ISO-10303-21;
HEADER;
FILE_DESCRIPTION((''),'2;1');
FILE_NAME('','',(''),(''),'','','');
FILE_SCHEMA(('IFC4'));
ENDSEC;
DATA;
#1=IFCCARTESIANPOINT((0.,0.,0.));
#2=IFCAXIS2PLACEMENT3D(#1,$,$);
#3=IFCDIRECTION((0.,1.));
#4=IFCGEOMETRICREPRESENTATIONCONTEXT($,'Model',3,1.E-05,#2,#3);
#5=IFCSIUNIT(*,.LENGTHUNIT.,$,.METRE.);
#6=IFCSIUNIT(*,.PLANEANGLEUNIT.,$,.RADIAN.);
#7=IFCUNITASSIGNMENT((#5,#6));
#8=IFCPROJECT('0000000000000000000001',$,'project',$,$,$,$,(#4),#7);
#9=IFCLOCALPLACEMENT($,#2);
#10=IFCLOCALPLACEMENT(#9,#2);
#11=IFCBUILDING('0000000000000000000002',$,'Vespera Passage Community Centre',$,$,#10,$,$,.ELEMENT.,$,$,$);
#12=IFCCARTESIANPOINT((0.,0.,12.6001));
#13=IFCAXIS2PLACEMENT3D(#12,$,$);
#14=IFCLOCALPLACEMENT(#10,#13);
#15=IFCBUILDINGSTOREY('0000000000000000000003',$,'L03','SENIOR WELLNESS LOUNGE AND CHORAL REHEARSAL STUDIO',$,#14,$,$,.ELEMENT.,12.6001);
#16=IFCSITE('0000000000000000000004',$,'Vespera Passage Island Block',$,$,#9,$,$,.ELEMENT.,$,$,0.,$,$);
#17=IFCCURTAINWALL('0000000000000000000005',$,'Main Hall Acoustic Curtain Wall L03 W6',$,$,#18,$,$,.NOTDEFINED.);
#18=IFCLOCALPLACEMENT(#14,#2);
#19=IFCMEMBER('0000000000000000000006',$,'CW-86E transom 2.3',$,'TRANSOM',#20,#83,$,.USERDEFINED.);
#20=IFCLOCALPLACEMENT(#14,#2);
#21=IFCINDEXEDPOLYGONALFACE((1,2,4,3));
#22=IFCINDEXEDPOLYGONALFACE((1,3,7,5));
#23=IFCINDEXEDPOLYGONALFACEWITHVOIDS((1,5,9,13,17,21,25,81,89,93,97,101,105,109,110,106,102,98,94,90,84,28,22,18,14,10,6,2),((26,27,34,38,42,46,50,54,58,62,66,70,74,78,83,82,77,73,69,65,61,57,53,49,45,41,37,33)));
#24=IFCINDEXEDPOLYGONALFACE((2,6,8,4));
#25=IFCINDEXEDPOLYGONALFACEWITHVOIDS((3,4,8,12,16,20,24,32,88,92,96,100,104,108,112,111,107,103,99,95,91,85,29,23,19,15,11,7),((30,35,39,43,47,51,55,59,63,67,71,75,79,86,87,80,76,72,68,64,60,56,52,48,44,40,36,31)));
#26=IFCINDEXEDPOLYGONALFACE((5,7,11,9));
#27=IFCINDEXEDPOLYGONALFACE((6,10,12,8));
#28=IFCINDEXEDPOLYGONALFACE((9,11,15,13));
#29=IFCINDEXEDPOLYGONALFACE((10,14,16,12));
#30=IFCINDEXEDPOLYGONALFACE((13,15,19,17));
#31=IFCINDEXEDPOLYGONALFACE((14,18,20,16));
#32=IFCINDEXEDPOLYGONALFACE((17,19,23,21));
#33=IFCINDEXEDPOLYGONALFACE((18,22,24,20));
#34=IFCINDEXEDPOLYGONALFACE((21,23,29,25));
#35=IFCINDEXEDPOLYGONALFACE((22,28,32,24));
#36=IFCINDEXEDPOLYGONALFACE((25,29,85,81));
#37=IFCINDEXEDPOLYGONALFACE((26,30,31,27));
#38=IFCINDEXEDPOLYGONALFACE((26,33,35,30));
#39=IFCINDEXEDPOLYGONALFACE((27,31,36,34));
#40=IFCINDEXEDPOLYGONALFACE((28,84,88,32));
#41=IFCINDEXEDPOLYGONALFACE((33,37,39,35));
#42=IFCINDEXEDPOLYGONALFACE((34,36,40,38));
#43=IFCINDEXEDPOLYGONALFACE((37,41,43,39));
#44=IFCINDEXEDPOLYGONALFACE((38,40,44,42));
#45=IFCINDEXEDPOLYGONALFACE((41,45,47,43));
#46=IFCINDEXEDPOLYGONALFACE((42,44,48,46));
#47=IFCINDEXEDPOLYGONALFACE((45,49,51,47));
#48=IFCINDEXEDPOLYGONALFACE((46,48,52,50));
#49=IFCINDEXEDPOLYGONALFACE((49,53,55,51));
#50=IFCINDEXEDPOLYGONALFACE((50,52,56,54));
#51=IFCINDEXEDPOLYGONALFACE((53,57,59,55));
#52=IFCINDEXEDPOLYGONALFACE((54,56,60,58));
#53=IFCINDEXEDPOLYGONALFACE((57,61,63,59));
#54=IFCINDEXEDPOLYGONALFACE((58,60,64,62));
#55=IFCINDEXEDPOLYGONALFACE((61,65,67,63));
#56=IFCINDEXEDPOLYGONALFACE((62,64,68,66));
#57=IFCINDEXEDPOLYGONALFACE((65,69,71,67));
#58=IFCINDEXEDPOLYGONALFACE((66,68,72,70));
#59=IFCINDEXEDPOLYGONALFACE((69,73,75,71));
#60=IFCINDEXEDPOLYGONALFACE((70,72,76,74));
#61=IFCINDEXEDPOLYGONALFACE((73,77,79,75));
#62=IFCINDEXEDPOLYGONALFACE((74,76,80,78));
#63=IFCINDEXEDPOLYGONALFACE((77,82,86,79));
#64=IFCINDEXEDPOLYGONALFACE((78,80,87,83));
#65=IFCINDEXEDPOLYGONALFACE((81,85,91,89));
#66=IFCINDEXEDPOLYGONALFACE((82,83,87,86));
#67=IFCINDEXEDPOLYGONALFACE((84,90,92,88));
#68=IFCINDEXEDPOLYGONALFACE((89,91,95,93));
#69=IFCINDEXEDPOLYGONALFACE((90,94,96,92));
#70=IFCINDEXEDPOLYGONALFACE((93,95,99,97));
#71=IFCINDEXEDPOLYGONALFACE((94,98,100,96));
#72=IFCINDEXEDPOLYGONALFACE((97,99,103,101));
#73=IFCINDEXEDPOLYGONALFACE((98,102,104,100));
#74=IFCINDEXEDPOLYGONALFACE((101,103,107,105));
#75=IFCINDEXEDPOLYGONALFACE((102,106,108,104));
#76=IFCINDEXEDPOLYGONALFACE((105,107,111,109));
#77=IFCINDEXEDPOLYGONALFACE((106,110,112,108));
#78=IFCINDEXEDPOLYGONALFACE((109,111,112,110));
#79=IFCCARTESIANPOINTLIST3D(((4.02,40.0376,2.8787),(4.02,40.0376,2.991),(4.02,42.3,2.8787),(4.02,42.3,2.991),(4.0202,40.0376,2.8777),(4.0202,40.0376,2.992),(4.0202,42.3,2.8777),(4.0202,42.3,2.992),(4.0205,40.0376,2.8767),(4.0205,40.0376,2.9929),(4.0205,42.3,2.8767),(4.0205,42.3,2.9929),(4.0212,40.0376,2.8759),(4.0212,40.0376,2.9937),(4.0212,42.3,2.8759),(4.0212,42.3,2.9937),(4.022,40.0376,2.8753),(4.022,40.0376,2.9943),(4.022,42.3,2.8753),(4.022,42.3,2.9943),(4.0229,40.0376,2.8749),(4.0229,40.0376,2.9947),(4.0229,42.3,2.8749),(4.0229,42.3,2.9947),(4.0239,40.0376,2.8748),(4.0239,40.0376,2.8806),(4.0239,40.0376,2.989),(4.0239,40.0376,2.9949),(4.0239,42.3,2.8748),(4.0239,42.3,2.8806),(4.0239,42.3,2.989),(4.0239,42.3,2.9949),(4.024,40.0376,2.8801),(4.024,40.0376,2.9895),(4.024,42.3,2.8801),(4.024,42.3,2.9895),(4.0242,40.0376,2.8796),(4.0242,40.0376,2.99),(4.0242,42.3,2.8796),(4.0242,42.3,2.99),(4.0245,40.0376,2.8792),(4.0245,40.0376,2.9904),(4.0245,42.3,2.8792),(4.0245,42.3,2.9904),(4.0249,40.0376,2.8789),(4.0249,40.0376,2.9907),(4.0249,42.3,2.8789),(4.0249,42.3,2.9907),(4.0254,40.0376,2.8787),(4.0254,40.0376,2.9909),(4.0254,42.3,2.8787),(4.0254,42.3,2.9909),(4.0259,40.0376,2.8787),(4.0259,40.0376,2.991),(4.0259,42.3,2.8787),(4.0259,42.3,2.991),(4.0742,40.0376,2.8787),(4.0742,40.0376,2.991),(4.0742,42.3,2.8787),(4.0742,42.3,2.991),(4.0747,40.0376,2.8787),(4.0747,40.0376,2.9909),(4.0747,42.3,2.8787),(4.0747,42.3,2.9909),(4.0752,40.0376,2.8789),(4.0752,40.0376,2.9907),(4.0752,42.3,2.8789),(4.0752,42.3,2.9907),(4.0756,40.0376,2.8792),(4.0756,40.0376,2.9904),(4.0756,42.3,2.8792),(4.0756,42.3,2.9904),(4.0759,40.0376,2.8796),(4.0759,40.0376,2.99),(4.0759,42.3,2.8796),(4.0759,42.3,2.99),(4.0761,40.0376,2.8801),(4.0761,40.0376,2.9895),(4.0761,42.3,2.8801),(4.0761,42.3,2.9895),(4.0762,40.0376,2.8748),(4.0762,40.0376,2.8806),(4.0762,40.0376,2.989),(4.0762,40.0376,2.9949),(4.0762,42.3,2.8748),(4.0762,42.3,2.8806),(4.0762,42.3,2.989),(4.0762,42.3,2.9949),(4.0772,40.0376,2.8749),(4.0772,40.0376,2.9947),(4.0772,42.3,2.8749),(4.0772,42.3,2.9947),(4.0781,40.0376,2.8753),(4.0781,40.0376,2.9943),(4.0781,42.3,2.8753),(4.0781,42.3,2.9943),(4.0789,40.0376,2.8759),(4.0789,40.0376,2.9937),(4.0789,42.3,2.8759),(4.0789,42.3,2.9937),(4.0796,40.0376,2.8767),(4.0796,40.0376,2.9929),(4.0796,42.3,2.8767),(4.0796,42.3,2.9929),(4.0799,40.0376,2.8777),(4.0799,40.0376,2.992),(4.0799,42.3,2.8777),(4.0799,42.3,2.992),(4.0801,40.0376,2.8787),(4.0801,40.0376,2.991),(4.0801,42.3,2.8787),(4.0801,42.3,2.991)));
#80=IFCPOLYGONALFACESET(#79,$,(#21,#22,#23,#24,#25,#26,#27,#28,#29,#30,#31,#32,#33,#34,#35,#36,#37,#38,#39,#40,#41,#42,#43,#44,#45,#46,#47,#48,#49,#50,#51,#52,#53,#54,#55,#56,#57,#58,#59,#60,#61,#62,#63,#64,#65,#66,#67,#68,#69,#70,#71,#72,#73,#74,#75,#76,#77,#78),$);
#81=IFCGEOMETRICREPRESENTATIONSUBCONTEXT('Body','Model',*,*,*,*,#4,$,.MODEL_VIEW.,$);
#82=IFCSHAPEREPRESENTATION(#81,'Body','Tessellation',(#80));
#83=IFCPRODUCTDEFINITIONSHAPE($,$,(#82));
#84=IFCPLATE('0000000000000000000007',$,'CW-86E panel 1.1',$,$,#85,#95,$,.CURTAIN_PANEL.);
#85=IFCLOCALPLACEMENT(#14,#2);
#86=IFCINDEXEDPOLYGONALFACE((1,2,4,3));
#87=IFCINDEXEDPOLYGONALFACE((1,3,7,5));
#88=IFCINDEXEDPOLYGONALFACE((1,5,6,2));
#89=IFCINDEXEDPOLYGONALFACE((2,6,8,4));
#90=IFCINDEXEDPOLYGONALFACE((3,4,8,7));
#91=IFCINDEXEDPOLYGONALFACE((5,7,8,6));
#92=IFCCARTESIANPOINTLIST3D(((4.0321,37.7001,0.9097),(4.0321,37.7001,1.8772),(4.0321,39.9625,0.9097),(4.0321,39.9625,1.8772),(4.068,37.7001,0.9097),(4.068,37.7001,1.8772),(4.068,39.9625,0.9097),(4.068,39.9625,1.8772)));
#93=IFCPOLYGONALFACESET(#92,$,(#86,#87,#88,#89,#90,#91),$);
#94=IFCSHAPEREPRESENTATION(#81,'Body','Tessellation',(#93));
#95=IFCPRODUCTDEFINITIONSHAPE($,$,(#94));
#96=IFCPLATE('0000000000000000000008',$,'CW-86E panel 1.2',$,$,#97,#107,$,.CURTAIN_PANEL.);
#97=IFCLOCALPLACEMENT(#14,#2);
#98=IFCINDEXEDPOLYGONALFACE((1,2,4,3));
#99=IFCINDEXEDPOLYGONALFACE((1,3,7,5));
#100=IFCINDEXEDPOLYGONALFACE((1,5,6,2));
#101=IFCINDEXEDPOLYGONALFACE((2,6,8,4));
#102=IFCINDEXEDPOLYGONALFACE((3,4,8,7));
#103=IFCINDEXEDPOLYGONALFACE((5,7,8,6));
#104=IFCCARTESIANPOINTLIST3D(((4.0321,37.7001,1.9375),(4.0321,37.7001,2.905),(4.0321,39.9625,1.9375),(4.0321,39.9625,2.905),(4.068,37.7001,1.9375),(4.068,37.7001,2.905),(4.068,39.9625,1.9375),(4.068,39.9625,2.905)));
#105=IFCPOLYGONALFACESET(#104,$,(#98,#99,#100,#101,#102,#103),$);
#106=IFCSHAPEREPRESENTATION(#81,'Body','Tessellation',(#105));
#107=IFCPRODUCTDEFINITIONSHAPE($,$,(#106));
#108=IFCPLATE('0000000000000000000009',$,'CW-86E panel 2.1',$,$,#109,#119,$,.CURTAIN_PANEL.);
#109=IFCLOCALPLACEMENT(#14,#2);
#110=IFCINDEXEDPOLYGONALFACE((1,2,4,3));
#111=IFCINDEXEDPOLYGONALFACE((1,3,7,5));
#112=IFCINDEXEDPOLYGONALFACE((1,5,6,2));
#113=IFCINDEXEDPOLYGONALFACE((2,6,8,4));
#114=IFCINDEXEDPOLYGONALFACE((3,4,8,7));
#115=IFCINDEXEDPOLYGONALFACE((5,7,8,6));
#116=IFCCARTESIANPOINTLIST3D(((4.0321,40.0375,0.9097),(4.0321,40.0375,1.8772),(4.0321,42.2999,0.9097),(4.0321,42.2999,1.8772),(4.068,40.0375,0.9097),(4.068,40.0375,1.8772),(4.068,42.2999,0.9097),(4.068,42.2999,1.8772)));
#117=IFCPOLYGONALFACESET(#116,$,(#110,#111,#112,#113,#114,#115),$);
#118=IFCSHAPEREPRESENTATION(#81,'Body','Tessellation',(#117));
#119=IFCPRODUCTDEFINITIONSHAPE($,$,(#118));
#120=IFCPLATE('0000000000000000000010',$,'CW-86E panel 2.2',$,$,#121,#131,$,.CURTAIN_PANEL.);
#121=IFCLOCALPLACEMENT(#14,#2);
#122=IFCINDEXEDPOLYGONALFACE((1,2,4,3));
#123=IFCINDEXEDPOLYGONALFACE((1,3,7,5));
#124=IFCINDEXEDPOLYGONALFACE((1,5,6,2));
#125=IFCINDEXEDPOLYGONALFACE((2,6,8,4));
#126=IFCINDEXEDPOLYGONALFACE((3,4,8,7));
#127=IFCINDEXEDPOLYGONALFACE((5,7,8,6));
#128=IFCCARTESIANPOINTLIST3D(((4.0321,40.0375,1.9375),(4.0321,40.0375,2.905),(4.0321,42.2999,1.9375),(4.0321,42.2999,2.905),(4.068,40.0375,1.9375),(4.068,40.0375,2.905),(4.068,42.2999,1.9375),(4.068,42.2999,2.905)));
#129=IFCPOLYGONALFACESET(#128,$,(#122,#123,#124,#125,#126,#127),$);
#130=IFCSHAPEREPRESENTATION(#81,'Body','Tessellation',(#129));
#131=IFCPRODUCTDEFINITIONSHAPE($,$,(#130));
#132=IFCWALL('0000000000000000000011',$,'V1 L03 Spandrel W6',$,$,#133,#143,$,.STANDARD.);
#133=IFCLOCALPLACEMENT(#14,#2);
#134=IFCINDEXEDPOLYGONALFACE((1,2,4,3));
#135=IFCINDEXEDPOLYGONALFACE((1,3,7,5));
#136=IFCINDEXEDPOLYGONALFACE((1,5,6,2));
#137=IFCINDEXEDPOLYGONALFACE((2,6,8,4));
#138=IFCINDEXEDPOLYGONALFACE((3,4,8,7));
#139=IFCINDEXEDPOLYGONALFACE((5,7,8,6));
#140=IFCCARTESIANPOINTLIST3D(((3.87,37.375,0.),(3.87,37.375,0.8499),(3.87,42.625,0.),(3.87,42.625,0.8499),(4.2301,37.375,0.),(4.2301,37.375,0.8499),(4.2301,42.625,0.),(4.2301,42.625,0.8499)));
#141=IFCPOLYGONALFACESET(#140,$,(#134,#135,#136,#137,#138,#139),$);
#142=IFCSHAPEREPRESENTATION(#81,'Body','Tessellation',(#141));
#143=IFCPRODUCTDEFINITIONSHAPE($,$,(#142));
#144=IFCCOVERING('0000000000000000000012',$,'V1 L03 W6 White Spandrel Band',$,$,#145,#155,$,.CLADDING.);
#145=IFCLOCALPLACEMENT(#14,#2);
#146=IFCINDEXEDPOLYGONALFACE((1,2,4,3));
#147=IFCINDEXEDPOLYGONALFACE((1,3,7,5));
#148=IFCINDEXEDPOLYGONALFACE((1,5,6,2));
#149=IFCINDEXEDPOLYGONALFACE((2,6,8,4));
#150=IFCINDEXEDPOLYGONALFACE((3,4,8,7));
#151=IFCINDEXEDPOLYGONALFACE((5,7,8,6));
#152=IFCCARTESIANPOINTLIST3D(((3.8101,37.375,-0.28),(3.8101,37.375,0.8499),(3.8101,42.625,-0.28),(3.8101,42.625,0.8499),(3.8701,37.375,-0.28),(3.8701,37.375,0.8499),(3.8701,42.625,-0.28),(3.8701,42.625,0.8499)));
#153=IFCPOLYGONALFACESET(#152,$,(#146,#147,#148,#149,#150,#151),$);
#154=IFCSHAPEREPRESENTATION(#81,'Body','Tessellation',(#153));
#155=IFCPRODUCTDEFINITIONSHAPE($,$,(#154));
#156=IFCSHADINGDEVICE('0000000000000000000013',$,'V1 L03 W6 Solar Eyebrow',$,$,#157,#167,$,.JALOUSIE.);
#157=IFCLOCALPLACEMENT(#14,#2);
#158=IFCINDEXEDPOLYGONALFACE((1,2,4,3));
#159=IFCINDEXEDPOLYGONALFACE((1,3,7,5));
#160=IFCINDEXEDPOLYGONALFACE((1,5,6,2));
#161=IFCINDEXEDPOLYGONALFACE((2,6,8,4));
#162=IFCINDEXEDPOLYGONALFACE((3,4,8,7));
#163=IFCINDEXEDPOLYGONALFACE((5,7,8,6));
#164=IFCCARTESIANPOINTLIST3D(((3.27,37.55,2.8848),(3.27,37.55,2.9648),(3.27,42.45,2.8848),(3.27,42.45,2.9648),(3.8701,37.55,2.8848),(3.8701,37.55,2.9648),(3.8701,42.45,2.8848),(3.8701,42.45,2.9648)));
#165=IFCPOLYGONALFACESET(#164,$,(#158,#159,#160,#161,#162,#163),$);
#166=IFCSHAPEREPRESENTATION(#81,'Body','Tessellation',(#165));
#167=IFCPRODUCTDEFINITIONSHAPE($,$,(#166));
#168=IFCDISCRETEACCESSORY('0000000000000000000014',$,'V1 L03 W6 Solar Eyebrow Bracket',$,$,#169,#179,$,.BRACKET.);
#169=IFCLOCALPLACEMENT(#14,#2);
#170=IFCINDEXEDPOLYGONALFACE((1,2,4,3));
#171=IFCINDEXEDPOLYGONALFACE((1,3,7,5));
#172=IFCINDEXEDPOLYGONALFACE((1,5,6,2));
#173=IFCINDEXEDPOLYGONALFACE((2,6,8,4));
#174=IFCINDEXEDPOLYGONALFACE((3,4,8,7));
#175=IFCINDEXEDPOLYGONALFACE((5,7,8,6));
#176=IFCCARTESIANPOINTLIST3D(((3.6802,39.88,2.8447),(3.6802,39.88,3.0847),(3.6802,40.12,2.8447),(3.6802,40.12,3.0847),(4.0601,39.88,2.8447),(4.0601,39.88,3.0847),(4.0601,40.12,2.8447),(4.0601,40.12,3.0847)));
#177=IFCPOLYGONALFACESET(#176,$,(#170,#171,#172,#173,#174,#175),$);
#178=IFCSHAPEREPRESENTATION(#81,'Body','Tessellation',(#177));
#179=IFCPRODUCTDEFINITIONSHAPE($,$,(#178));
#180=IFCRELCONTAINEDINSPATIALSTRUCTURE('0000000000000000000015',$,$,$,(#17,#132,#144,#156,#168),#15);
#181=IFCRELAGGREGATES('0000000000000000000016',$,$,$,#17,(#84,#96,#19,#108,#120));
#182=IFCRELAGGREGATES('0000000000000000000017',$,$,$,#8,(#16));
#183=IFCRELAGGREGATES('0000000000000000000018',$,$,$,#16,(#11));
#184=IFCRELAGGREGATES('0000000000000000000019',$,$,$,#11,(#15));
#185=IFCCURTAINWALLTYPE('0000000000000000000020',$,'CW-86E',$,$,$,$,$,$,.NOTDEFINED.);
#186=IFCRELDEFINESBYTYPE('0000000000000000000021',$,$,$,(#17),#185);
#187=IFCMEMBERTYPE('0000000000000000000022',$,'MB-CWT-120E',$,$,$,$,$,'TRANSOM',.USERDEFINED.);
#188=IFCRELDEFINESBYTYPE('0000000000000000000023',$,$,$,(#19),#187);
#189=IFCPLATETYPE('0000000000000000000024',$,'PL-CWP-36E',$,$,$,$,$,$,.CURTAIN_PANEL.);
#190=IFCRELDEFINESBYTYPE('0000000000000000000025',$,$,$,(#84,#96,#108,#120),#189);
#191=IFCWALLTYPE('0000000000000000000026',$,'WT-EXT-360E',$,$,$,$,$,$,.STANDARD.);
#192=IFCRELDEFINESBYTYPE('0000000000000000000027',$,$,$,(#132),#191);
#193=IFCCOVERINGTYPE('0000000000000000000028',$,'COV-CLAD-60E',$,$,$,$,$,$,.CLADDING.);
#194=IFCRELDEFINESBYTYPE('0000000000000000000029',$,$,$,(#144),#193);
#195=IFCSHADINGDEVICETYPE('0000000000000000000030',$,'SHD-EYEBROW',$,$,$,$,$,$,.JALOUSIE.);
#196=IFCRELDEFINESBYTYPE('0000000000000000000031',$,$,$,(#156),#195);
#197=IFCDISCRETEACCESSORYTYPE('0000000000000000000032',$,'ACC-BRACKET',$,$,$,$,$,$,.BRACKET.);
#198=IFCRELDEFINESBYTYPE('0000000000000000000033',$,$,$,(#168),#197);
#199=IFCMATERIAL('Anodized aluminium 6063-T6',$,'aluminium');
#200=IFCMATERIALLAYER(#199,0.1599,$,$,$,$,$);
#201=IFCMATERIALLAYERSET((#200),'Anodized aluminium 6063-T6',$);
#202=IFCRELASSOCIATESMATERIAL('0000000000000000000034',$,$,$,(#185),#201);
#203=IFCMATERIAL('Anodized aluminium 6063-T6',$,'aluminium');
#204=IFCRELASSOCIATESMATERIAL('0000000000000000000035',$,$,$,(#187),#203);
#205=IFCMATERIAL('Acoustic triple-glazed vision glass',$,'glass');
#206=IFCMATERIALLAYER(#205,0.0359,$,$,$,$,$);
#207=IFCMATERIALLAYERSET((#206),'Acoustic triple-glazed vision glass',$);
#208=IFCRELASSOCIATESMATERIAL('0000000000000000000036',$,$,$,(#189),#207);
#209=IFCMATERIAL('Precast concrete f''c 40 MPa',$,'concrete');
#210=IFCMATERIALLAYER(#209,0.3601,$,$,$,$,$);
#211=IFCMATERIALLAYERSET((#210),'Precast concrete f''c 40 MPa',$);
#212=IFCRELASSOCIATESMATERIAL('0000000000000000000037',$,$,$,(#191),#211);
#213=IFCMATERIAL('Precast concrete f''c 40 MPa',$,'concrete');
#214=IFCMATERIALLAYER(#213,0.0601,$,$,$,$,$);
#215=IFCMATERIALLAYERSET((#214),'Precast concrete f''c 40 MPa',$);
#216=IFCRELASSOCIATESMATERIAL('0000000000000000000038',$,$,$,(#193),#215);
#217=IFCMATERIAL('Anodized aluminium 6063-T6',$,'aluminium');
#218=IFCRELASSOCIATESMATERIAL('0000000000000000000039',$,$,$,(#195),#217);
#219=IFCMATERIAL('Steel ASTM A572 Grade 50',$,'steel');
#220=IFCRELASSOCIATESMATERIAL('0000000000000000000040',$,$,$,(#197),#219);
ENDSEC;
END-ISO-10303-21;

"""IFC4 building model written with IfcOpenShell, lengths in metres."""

from ifc_helpers import new_model, si_unit, direction, frame, frame_2d, origin, origin_2d, place, context, subcontext, project, spatial, rectangle, hollow_rectangle, extrude, material, layer, layer_set, material_profile, profile_set, type_object, element, aggregate, save


model = new_model("IFC4")

# Units and contexts
model_context = context("Model", 3, precision=1e-05, world=origin(), true_north=direction((0.0, 1.0)))
body_context = subcontext(model_context, "Body", "Model", "MODEL_VIEW")
ifc_project = project(units=[si_unit("LENGTHUNIT", "METRE"), si_unit("PLANEANGLEUNIT", "RADIAN")], contexts=[model_context])

# Site, building, storey
site_placement = place(None, origin())
site = spatial("IfcSite", under=ifc_project, at=site_placement, Name="Vespera Passage Island Block", CompositionType="ELEMENT", RefElevation=0.0)
building_placement = place(site_placement, origin())
building = spatial("IfcBuilding", under=site, at=building_placement, Name="Vespera Passage Community Centre", CompositionType="ELEMENT")
storey_placement = place(building_placement, frame((0.0, 0.0, 12.6001)))
storey = spatial("IfcBuildingStorey", under=building, at=storey_placement, Name="L03", Description="SENIOR WELLNESS LOUNGE AND CHORAL REHEARSAL STUDIO", CompositionType="ELEMENT", Elevation=12.6001)

# Curtain wall, member, plates
ifc_material_1 = material(Name="Anodized aluminium 6063-T6", Category="aluminium")
ifc_layer_1 = layer(ifc_material_1, 0.1599)
ifc_layer_set_1 = layer_set([ifc_layer_1], Name="Anodized aluminium 6063-T6")
curtain_wall_type = type_object("IfcCurtainWallType", Name="CW-86E", PredefinedType="NOTDEFINED", material=ifc_layer_set_1)
curtain_wall_placement = place(storey_placement, origin())
curtain_wall = element("IfcCurtainWall", 1, at=curtain_wall_placement, inside=storey, type_object=curtain_wall_type, Name="Main Hall Acoustic Curtain Wall L03 W6", PredefinedType="NOTDEFINED")
ifc_material_2 = material(Name="Anodized aluminium 6063-T6", Category="aluminium")
ifc_material_profile_1 = material_profile(ifc_material_2, hollow_rectangle(XDim=0.0601, YDim=0.1201, WallThickness=0.0039, InnerFilletRadius=0.002, OuterFilletRadius=0.0039, at=origin_2d()), Name="ALU120X60X4")
ifc_profile_set_1 = profile_set([ifc_material_profile_1], Name="Anodized aluminium 6063-T6")
member_type_1 = type_object("IfcMemberType", Name="MB-CWT-120E", ElementType="TRANSOM", PredefinedType="USERDEFINED", material=ifc_profile_set_1)
member_1_placement = place(storey_placement, frame((4.05, 40.0376, 2.9348), z_axis=(0.0, 1.0, 0.0), x_axis=(-1.0, 0.0, 0.0)))
member_1 = element("IfcMember", 2, at=member_1_placement, type_object=member_type_1, Name="CW-86E transom 2.3", ObjectType="TRANSOM", PredefinedType="USERDEFINED", context=body_context, shape_type="SweptSolid", body=[
    extrude(hollow_rectangle(XDim=0.0601, YDim=0.1201, WallThickness=0.0039, InnerFilletRadius=0.002, OuterFilletRadius=0.0039, at=origin_2d()), origin(), (0.0, 0.0, 1.0), 2.2625),
])
ifc_material_3 = material(Name="Acoustic triple-glazed vision glass", Category="glass")
ifc_layer_2 = layer(ifc_material_3, 0.0359)
ifc_layer_set_2 = layer_set([ifc_layer_2], Name="Acoustic triple-glazed vision glass")
plate_type = type_object("IfcPlateType", Name="PL-CWP-36E", PredefinedType="CURTAIN_PANEL", material=ifc_layer_set_2)
plate_1_placement = place(storey_placement, frame((4.05, 38.8313, 0.9097), z_axis=(0.0, 0.0, 1.0), x_axis=(0.0, 1.0, 0.0)))
plate_1 = element("IfcPlate", 3, at=plate_1_placement, type_object=plate_type, Name="CW-86E panel 1.1", PredefinedType="CURTAIN_PANEL", context=body_context, shape_type="SweptSolid", body=[
    extrude(rectangle(XDim=2.2625, YDim=0.0359, at=origin_2d()), origin(), (0.0, 0.0, 1.0), 0.9675),
])
plate_2_placement = place(storey_placement, frame((4.05, 38.8313, 1.9375), z_axis=(0.0, 0.0, 1.0), x_axis=(0.0, 1.0, 0.0)))
plate_2 = element("IfcPlate", 4, at=plate_2_placement, type_object=plate_type, Name="CW-86E panel 1.2", PredefinedType="CURTAIN_PANEL", context=body_context, shape_type="SweptSolid", body=[
    extrude(rectangle(XDim=2.2625, YDim=0.0359, at=origin_2d()), origin(), (0.0, 0.0, 1.0), 0.9675),
])
plate_3_placement = place(storey_placement, frame((4.05, 41.1687, 0.9097), z_axis=(0.0, 0.0, 1.0), x_axis=(0.0, 1.0, 0.0)))
plate_3 = element("IfcPlate", 5, at=plate_3_placement, type_object=plate_type, Name="CW-86E panel 2.1", PredefinedType="CURTAIN_PANEL", context=body_context, shape_type="SweptSolid", body=[
    extrude(rectangle(XDim=2.2625, YDim=0.0359, at=origin_2d()), origin(), (0.0, 0.0, 1.0), 0.9675),
])
plate_4_placement = place(storey_placement, frame((4.05, 41.1687, 1.9375), z_axis=(0.0, 0.0, 1.0), x_axis=(0.0, 1.0, 0.0)))
plate_4 = element("IfcPlate", 6, at=plate_4_placement, type_object=plate_type, Name="CW-86E panel 2.2", PredefinedType="CURTAIN_PANEL", context=body_context, shape_type="SweptSolid", body=[
    extrude(rectangle(XDim=2.2625, YDim=0.0359, at=origin_2d()), origin(), (0.0, 0.0, 1.0), 0.9675),
])
aggregate(curtain_wall, [plate_1, plate_2, member_1, plate_3, plate_4])

# Wall
ifc_material_4 = material(Name="Precast concrete f'c 40 MPa", Category="concrete")
ifc_layer_3 = layer(ifc_material_4, 0.3601)
ifc_layer_set_3 = layer_set([ifc_layer_3], Name="Precast concrete f'c 40 MPa")
wall_type = type_object("IfcWallType", Name="WT-EXT-360E", PredefinedType="STANDARD", material=ifc_layer_set_3)
wall_placement = place(storey_placement, frame((4.05, 37.375, 0.0), z_axis=(0.0, 0.0, 1.0), x_axis=(0.0, 1.0, 0.0)))
element("IfcWall", 7, at=wall_placement, inside=storey, type_object=wall_type, Name="V1 L03 Spandrel W6", PredefinedType="STANDARD", context=body_context, shape_type="SweptSolid", body=[
    extrude(rectangle(XDim=5.25, YDim=0.3601, at=frame_2d((2.625, 0.0))), origin(), (0.0, 0.0, 1.0), 0.8499),
])

# Covering
ifc_material_5 = material(Name="Precast concrete f'c 40 MPa", Category="concrete")
ifc_layer_4 = layer(ifc_material_5, 0.0601)
ifc_layer_set_4 = layer_set([ifc_layer_4], Name="Precast concrete f'c 40 MPa")
covering_type = type_object("IfcCoveringType", Name="COV-CLAD-60E", PredefinedType="CLADDING", material=ifc_layer_set_4)
covering_placement = place(storey_placement, frame((3.8401, 37.375, -0.28), z_axis=(0.0, 0.0, 1.0), x_axis=(0.0, 1.0, 0.0)))
element("IfcCovering", 8, at=covering_placement, inside=storey, type_object=covering_type, Name="V1 L03 W6 White Spandrel Band", PredefinedType="CLADDING", context=body_context, shape_type="SweptSolid", body=[
    extrude(rectangle(XDim=5.25, YDim=0.0601, at=frame_2d((2.625, 0.0))), origin(), (0.0, 0.0, 1.0), 1.1299),
])

# Shading device
ifc_material_6 = material(Name="Anodized aluminium 6063-T6", Category="aluminium")
shading_device_type = type_object("IfcShadingDeviceType", Name="SHD-EYEBROW", PredefinedType="JALOUSIE", material=ifc_material_6)
shading_device_placement = place(storey_placement, frame((3.5701, 40.0, 2.8848), z_axis=(0.0, 0.0, 1.0), x_axis=(0.0, 1.0, 0.0)))
element("IfcShadingDevice", 9, at=shading_device_placement, inside=storey, type_object=shading_device_type, Name="V1 L03 W6 Solar Eyebrow", PredefinedType="JALOUSIE", context=body_context, shape_type="SweptSolid", body=[
    extrude(rectangle(XDim=4.8999, YDim=0.6001, at=origin_2d()), origin(), (0.0, 0.0, 1.0), 0.0801),
])

# Discrete accessory
ifc_material_7 = material(Name="Steel ASTM A572 Grade 50", Category="steel")
discrete_accessory_type = type_object("IfcDiscreteAccessoryType", Name="ACC-BRACKET", PredefinedType="BRACKET", material=ifc_material_7)
discrete_accessory_placement = place(storey_placement, frame((3.8701, 40.0, 2.8447), z_axis=(0.0, 0.0, 1.0), x_axis=(0.0, 1.0, 0.0)))
element("IfcDiscreteAccessory", 10, at=discrete_accessory_placement, inside=storey, type_object=discrete_accessory_type, Name="V1 L03 W6 Solar Eyebrow Bracket", PredefinedType="BRACKET", context=body_context, shape_type="SweptSolid", body=[
    extrude(rectangle(XDim=0.24, YDim=0.3799, at=origin_2d()), origin(), (0.0, 0.0, 1.0), 0.24),
])

save(model, "model.ifc")
